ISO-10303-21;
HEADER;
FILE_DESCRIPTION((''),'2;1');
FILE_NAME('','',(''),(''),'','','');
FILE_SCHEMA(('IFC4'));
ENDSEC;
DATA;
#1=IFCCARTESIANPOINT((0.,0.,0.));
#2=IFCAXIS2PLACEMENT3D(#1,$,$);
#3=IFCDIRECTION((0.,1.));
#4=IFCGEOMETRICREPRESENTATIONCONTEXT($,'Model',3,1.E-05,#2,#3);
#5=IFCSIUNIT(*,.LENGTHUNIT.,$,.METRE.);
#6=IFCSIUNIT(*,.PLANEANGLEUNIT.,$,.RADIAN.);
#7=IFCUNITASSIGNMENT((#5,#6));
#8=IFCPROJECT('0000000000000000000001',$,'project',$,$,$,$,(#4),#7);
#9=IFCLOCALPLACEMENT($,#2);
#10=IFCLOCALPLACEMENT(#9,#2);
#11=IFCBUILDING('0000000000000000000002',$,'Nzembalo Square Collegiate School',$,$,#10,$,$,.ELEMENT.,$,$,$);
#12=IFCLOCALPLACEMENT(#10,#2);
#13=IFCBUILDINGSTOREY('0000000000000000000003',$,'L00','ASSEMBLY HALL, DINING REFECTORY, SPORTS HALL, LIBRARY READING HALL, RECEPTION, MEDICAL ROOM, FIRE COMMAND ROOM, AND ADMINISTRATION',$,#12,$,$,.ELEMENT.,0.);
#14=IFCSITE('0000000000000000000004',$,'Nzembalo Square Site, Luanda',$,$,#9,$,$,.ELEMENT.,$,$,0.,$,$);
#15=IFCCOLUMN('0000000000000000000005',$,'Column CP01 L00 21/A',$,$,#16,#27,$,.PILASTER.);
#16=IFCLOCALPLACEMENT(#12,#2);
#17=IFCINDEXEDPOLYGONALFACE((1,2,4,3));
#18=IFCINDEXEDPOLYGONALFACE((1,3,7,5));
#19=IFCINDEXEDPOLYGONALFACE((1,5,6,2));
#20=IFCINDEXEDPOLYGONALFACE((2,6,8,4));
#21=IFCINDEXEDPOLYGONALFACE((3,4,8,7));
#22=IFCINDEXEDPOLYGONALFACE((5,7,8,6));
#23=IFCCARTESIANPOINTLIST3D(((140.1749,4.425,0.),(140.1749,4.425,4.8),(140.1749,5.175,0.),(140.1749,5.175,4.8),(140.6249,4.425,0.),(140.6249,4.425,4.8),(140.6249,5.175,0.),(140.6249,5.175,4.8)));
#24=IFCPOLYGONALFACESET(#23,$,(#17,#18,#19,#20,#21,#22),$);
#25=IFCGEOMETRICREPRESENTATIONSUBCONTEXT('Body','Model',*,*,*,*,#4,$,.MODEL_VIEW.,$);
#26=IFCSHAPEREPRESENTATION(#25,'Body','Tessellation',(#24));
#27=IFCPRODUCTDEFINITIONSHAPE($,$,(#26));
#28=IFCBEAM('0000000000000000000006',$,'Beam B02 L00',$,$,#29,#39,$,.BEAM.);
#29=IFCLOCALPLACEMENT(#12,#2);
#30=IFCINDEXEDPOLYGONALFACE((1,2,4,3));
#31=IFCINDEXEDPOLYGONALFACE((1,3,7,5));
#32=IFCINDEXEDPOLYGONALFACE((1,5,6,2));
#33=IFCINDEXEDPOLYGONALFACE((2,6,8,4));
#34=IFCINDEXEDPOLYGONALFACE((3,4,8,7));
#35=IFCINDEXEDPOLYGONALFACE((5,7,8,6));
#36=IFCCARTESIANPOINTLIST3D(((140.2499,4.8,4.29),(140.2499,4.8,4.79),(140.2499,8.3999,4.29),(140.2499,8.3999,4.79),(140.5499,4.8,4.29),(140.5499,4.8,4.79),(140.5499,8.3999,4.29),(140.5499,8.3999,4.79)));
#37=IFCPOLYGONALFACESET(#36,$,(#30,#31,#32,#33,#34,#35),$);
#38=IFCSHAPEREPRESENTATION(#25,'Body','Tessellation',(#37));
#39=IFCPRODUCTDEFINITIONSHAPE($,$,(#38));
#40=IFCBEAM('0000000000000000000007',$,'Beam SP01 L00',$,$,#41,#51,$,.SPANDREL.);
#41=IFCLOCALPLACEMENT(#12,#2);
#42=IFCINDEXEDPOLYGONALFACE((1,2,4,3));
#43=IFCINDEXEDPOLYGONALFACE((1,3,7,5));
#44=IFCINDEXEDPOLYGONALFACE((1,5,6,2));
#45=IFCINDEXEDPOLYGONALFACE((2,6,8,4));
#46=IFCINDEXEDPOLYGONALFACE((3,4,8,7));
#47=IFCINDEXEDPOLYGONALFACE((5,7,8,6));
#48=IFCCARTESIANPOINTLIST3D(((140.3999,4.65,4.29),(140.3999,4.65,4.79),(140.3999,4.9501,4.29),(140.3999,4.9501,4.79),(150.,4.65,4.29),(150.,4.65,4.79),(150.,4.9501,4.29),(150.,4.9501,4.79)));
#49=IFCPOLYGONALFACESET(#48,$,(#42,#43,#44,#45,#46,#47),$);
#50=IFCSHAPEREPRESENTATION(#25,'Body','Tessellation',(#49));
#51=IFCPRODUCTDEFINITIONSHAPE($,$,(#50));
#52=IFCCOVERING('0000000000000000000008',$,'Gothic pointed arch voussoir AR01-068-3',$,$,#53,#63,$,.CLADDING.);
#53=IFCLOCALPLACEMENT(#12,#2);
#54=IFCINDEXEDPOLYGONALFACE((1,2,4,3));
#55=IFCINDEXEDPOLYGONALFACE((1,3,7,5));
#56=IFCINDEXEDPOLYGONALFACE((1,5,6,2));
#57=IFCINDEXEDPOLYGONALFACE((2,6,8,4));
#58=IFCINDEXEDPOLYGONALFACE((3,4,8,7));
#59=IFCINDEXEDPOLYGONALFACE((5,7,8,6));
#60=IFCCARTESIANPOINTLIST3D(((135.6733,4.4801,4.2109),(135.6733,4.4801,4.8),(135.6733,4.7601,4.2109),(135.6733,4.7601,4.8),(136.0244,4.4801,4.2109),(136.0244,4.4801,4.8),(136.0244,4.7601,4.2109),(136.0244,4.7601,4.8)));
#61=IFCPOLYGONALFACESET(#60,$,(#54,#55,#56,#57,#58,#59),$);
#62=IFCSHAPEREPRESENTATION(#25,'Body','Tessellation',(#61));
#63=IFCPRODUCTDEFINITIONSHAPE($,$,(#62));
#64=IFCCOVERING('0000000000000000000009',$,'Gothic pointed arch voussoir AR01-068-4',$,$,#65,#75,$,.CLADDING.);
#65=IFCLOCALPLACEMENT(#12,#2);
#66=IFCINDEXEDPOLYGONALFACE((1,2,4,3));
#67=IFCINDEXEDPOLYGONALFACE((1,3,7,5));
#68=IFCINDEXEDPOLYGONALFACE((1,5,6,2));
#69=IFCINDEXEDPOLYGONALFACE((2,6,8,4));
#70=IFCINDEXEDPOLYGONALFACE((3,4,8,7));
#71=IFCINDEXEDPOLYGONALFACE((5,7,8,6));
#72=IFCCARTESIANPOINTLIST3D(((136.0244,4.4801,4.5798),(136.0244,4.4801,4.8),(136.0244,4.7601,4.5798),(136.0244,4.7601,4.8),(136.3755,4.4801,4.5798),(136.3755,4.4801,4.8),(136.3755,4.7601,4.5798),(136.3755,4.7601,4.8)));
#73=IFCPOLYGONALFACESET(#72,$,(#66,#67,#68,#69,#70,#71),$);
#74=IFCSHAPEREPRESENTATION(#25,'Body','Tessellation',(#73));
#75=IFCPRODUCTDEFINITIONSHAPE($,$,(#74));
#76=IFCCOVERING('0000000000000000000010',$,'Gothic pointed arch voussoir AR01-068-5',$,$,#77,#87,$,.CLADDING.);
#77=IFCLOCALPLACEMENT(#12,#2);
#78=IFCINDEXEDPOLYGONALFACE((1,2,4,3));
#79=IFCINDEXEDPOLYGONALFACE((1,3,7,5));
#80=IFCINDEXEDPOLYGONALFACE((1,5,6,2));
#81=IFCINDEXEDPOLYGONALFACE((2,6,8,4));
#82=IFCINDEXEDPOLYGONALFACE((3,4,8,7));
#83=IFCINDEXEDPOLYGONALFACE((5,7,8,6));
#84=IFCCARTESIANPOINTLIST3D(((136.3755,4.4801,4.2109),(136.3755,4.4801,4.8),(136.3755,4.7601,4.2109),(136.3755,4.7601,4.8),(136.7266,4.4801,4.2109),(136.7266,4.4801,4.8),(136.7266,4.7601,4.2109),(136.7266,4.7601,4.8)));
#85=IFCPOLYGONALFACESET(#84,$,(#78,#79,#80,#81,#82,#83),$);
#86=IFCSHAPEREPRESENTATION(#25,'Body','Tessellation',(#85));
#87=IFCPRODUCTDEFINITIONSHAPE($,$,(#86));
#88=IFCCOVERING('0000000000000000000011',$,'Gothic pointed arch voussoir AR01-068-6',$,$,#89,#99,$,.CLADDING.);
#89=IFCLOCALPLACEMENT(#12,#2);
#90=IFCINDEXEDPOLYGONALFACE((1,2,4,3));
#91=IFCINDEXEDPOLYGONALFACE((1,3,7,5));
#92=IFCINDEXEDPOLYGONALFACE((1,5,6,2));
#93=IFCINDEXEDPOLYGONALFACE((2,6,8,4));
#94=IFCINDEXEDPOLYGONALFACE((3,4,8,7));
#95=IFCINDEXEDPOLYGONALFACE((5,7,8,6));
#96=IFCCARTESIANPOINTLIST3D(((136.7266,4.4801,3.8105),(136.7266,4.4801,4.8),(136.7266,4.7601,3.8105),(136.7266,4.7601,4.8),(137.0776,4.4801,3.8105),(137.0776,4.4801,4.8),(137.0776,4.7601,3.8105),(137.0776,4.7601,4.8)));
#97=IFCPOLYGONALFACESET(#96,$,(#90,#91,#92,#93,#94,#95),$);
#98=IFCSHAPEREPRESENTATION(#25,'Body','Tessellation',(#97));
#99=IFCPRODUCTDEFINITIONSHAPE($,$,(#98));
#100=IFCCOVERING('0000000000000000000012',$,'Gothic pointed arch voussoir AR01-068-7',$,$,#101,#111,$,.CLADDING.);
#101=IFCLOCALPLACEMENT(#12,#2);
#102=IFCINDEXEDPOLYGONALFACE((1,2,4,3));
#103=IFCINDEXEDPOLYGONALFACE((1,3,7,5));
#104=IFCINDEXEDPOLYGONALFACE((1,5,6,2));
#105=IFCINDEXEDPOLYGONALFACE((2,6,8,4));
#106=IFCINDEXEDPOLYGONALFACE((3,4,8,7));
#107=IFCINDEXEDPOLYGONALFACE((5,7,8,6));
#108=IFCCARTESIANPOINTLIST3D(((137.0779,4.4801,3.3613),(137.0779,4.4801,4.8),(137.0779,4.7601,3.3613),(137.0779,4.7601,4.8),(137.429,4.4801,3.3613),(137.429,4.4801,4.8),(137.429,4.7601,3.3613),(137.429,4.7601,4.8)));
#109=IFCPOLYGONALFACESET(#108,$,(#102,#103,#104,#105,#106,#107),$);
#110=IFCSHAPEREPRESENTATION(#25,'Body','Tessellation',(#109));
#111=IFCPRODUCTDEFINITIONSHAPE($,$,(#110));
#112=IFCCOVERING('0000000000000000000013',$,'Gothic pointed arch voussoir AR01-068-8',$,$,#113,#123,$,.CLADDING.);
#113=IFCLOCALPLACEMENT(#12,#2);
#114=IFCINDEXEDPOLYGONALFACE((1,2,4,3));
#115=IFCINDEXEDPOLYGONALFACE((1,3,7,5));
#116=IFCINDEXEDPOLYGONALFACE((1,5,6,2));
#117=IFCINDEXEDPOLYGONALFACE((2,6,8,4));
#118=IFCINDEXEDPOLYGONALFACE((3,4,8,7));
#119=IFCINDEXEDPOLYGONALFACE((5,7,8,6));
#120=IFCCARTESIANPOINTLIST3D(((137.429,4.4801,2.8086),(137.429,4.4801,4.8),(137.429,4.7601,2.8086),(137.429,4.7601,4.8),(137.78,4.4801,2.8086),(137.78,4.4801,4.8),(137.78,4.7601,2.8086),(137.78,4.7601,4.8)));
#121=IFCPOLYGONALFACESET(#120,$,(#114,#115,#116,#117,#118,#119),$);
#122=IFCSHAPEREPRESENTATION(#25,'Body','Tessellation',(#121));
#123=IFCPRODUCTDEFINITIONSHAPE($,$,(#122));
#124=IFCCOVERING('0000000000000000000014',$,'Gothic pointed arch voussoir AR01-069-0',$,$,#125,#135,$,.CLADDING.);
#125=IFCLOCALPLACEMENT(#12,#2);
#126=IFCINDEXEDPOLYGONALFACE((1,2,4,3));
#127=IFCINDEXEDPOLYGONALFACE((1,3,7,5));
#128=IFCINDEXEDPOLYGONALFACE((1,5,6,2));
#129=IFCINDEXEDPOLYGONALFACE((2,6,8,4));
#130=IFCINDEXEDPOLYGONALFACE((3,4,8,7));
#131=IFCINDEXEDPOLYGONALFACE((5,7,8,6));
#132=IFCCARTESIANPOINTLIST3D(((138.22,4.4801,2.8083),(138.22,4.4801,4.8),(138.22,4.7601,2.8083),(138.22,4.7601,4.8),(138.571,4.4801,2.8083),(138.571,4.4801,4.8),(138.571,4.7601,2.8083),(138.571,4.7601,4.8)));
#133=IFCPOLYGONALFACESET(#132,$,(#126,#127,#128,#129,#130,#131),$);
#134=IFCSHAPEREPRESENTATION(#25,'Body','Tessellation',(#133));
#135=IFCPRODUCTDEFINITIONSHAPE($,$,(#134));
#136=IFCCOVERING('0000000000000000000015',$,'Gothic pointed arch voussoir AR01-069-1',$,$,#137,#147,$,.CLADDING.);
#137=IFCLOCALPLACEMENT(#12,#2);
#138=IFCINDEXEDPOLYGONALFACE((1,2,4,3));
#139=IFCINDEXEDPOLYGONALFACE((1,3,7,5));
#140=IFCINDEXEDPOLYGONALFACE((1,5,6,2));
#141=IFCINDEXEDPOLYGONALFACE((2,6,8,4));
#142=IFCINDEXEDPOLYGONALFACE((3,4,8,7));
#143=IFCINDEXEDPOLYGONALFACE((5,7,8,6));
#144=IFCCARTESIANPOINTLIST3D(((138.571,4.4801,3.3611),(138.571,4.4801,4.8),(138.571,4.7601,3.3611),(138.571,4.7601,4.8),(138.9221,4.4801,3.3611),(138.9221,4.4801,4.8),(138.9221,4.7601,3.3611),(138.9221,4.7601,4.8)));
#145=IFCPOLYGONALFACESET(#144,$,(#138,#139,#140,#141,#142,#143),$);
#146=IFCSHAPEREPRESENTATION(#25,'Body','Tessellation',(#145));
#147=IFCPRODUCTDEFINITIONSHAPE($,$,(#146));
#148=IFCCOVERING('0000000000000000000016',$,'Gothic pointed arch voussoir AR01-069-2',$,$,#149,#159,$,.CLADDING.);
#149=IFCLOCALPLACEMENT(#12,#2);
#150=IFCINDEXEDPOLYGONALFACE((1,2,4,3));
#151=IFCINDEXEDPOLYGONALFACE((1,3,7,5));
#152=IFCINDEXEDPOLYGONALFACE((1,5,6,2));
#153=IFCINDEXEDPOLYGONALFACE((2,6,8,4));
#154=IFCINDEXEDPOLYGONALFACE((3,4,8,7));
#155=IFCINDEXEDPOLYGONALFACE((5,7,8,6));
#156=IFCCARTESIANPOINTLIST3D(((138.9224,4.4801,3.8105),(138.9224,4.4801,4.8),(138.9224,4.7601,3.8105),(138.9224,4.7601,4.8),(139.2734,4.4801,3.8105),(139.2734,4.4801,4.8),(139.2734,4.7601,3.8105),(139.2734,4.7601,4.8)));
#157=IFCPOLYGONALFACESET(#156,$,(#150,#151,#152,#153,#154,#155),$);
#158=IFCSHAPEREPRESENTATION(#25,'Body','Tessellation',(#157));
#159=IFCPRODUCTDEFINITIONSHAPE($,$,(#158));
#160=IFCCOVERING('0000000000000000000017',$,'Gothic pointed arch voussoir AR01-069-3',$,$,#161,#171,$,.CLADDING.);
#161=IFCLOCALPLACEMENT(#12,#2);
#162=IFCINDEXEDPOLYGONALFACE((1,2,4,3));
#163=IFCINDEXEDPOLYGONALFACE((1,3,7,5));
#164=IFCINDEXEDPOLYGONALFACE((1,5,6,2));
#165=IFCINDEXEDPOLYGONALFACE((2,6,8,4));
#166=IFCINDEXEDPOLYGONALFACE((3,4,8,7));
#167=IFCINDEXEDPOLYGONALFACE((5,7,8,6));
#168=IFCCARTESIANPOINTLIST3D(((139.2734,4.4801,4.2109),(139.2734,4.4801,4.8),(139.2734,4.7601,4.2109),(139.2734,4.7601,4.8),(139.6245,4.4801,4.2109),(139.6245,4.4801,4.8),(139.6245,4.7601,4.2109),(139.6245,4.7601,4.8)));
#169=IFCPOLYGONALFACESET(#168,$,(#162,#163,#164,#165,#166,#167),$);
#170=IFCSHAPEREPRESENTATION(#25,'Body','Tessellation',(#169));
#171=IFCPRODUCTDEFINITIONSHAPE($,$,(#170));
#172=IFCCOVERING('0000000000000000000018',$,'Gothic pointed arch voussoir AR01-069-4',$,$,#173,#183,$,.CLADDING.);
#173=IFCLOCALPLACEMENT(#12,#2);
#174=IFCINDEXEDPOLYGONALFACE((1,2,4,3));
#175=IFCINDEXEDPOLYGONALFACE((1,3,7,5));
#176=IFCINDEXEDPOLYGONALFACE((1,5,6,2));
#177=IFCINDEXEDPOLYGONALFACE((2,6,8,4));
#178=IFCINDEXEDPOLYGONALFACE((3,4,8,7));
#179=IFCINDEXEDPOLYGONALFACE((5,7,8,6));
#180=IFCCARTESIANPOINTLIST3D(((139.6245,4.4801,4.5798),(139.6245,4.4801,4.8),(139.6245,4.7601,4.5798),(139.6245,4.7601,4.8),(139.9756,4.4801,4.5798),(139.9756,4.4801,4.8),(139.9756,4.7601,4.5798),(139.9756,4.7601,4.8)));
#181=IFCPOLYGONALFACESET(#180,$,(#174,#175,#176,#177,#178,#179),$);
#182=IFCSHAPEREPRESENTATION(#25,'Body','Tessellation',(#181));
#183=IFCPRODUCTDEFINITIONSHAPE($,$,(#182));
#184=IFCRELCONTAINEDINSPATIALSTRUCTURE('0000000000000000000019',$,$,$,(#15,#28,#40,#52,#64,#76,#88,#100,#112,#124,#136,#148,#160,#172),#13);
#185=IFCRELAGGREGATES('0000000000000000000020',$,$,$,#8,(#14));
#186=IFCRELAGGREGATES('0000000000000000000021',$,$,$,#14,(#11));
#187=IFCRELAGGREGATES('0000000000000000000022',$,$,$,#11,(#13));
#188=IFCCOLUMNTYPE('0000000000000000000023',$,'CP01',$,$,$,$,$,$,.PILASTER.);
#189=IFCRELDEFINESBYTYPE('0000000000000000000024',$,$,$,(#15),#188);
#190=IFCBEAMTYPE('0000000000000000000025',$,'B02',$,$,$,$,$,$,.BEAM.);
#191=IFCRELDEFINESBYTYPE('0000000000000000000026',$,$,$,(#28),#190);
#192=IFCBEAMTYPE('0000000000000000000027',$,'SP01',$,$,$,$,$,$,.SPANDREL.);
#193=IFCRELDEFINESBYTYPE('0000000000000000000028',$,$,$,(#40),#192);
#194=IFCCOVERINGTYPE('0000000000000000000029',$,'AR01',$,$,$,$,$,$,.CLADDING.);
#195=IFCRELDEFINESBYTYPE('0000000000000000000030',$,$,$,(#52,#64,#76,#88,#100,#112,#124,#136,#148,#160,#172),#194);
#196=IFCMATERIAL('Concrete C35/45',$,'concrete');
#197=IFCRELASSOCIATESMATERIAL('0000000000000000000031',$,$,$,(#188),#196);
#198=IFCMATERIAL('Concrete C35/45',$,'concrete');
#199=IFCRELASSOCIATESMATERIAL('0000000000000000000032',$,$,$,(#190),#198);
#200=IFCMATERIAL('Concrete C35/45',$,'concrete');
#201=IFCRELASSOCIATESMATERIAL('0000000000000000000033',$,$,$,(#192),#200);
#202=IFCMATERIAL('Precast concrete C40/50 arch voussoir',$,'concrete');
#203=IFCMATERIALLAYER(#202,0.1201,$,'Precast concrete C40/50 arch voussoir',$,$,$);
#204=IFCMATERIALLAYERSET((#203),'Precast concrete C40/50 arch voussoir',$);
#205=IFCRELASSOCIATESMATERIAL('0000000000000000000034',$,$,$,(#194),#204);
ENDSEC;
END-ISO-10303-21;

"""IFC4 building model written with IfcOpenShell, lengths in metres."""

from ifc_helpers import new_model, si_unit, direction, frame, origin, origin_2d, place, context, subcontext, project, spatial, rectangle, extrude, material, layer, layer_set, material_profile, profile_set, type_object, element, save


model = new_model("IFC4")

# Units and contexts
model_context = context("Model", 3, precision=1e-05, world=origin(), true_north=direction((0.0, 1.0)))
body_context = subcontext(model_context, "Body", "Model", "MODEL_VIEW")
ifc_project = project(units=[si_unit("LENGTHUNIT", "METRE"), si_unit("PLANEANGLEUNIT", "RADIAN")], contexts=[model_context])

# Site, building, storey
site_placement = place(None, origin())
site = spatial("IfcSite", under=ifc_project, at=site_placement, Name="Nzembalo Square Site, Luanda", CompositionType="ELEMENT", RefElevation=0.0)
building_placement = place(site_placement, origin())
building = spatial("IfcBuilding", under=site, at=building_placement, Name="Nzembalo Square Collegiate School", CompositionType="ELEMENT")
storey_placement = place(building_placement, origin())
storey = spatial("IfcBuildingStorey", under=building, at=storey_placement, Name="L00", Description="ASSEMBLY HALL, DINING REFECTORY, SPORTS HALL, LIBRARY READING HALL, RECEPTION, MEDICAL ROOM, FIRE COMMAND ROOM, AND ADMINISTRATION", CompositionType="ELEMENT", Elevation=0.0)

# Column
ifc_material_1 = material(Name="Concrete C35/45", Category="concrete")
ifc_material_profile_1 = material_profile(ifc_material_1, rectangle(XDim=0.45, YDim=0.75, at=origin_2d()), Name="RC 450x750")
ifc_profile_set_1 = profile_set([ifc_material_profile_1], Name="Concrete C35/45")
column_type = type_object("IfcColumnType", Name="CP01", PredefinedType="PILASTER", material=ifc_profile_set_1)
column_placement = place(storey_placement, frame((140.3999, 4.8, 0.0), z_axis=(0.0, 0.0, 1.0), x_axis=(1.0, 0.0, 0.0)))
element("IfcColumn", 1, at=column_placement, inside=storey, type_object=column_type, Name="Column CP01 L00 21/A", PredefinedType="PILASTER", context=body_context, shape_type="SweptSolid", body=[
    extrude(rectangle(XDim=0.45, YDim=0.75, at=origin_2d()), origin(), (0.0, 0.0, 1.0), 4.8),
])

# Beams
ifc_material_2 = material(Name="Concrete C35/45", Category="concrete")
ifc_material_profile_2 = material_profile(ifc_material_2, rectangle(XDim=0.3, YDim=0.5, at=origin_2d()), Name="RC 300x500")
ifc_profile_set_2 = profile_set([ifc_material_profile_2], Name="Concrete C35/45")
beam_type_1 = type_object("IfcBeamType", Name="B02", PredefinedType="BEAM", material=ifc_profile_set_2)
beam_1_placement = place(storey_placement, frame((140.3999, 4.8, 4.54), z_axis=(0.0, 1.0, 0.0), x_axis=(-1.0, 0.0, 0.0)))
element("IfcBeam", 2, at=beam_1_placement, inside=storey, type_object=beam_type_1, Name="Beam B02 L00", PredefinedType="BEAM", context=body_context, shape_type="SweptSolid", body=[
    extrude(rectangle(XDim=0.3, YDim=0.5, at=origin_2d()), origin(), (0.0, 0.0, 1.0), 3.5999),
])
ifc_material_3 = material(Name="Concrete C35/45", Category="concrete")
ifc_material_profile_3 = material_profile(ifc_material_3, rectangle(XDim=0.3, YDim=0.5, at=origin_2d()), Name="RC 300x500")
ifc_profile_set_3 = profile_set([ifc_material_profile_3], Name="Concrete C35/45")
beam_type_2 = type_object("IfcBeamType", Name="SP01", PredefinedType="SPANDREL", material=ifc_profile_set_3)
beam_2_placement = place(storey_placement, frame((140.3999, 4.8, 4.54), z_axis=(1.0, 0.0, 0.0), x_axis=(0.0, 1.0, 0.0)))
element("IfcBeam", 3, at=beam_2_placement, inside=storey, type_object=beam_type_2, Name="Beam SP01 L00", PredefinedType="SPANDREL", context=body_context, shape_type="SweptSolid", body=[
    extrude(rectangle(XDim=0.3, YDim=0.5, at=origin_2d()), origin(), (0.0, 0.0, 1.0), 9.6001),
])

# Coverings
ifc_material_4 = material(Name="Precast concrete C40/50 arch voussoir", Category="concrete")
ifc_layer_1 = layer(ifc_material_4, 0.1201, Name="Precast concrete C40/50 arch voussoir")
ifc_layer_set_1 = layer_set([ifc_layer_1], Name="Precast concrete C40/50 arch voussoir")
covering_type_1 = type_object("IfcCoveringType", Name="AR01", PredefinedType="CLADDING", material=ifc_layer_set_1)
covering_1_placement = place(storey_placement, frame((135.8489, 4.6201, 4.2109), z_axis=(0.0, 0.0, 1.0), x_axis=(1.0, 0.0, 0.0)))
element("IfcCovering", 4, at=covering_1_placement, inside=storey, type_object=covering_type_1, Name="Gothic pointed arch voussoir AR01-068-3", PredefinedType="CLADDING", context=body_context, shape_type="SweptSolid", body=[
    extrude(rectangle(XDim=0.3511, YDim=0.28, at=origin_2d()), origin(), (0.0, 0.0, 1.0), 0.5891),
])
covering_2_placement = place(storey_placement, frame((136.2, 4.6201, 4.5798), z_axis=(0.0, 0.0, 1.0), x_axis=(1.0, 0.0, 0.0)))
element("IfcCovering", 5, at=covering_2_placement, inside=storey, type_object=covering_type_1, Name="Gothic pointed arch voussoir AR01-068-4", PredefinedType="CLADDING", context=body_context, shape_type="SweptSolid", body=[
    extrude(rectangle(XDim=0.3511, YDim=0.28, at=origin_2d()), origin(), (0.0, 0.0, 1.0), 0.2202),
])
covering_3_placement = place(storey_placement, frame((136.551, 4.6201, 4.2109), z_axis=(0.0, 0.0, 1.0), x_axis=(1.0, 0.0, 0.0)))
element("IfcCovering", 6, at=covering_3_placement, inside=storey, type_object=covering_type_1, Name="Gothic pointed arch voussoir AR01-068-5", PredefinedType="CLADDING", context=body_context, shape_type="SweptSolid", body=[
    extrude(rectangle(XDim=0.3511, YDim=0.28, at=origin_2d()), origin(), (0.0, 0.0, 1.0), 0.5891),
])
covering_4_placement = place(storey_placement, frame((136.9021, 4.6201, 3.8105), z_axis=(0.0, 0.0, 1.0), x_axis=(1.0, 0.0, 0.0)))
element("IfcCovering", 7, at=covering_4_placement, inside=storey, type_object=covering_type_1, Name="Gothic pointed arch voussoir AR01-068-6", PredefinedType="CLADDING", context=body_context, shape_type="SweptSolid", body=[
    extrude(rectangle(XDim=0.3511, YDim=0.28, at=origin_2d()), origin(), (0.0, 0.0, 1.0), 0.9895),
])
covering_5_placement = place(storey_placement, frame((137.2534, 4.6201, 3.3613), z_axis=(0.0, 0.0, 1.0), x_axis=(1.0, 0.0, 0.0)))
element("IfcCovering", 8, at=covering_5_placement, inside=storey, type_object=covering_type_1, Name="Gothic pointed arch voussoir AR01-068-7", PredefinedType="CLADDING", context=body_context, shape_type="SweptSolid", body=[
    extrude(rectangle(XDim=0.3511, YDim=0.28, at=origin_2d()), origin(), (0.0, 0.0, 1.0), 1.4387),
])
covering_6_placement = place(storey_placement, frame((137.6045, 4.6201, 2.8086), z_axis=(0.0, 0.0, 1.0), x_axis=(1.0, 0.0, 0.0)))
element("IfcCovering", 9, at=covering_6_placement, inside=storey, type_object=covering_type_1, Name="Gothic pointed arch voussoir AR01-068-8", PredefinedType="CLADDING", context=body_context, shape_type="SweptSolid", body=[
    extrude(rectangle(XDim=0.3511, YDim=0.28, at=origin_2d()), origin(), (0.0, 0.0, 1.0), 1.9915),
])
covering_7_placement = place(storey_placement, frame((138.3955, 4.6201, 2.8083), z_axis=(0.0, 0.0, 1.0), x_axis=(1.0, 0.0, 0.0)))
element("IfcCovering", 10, at=covering_7_placement, inside=storey, type_object=covering_type_1, Name="Gothic pointed arch voussoir AR01-069-0", PredefinedType="CLADDING", context=body_context, shape_type="SweptSolid", body=[
    extrude(rectangle(XDim=0.3511, YDim=0.28, at=origin_2d()), origin(), (0.0, 0.0, 1.0), 1.9917),
])
covering_8_placement = place(storey_placement, frame((138.7466, 4.6201, 3.3611), z_axis=(0.0, 0.0, 1.0), x_axis=(1.0, 0.0, 0.0)))
element("IfcCovering", 11, at=covering_8_placement, inside=storey, type_object=covering_type_1, Name="Gothic pointed arch voussoir AR01-069-1", PredefinedType="CLADDING", context=body_context, shape_type="SweptSolid", body=[
    extrude(rectangle(XDim=0.3511, YDim=0.28, at=origin_2d()), origin(), (0.0, 0.0, 1.0), 1.439),
])
covering_9_placement = place(storey_placement, frame((139.0979, 4.6201, 3.8105), z_axis=(0.0, 0.0, 1.0), x_axis=(1.0, 0.0, 0.0)))
element("IfcCovering", 12, at=covering_9_placement, inside=storey, type_object=covering_type_1, Name="Gothic pointed arch voussoir AR01-069-2", PredefinedType="CLADDING", context=body_context, shape_type="SweptSolid", body=[
    extrude(rectangle(XDim=0.3511, YDim=0.28, at=origin_2d()), origin(), (0.0, 0.0, 1.0), 0.9895),
])
covering_10_placement = place(storey_placement, frame((139.449, 4.6201, 4.2109), z_axis=(0.0, 0.0, 1.0), x_axis=(1.0, 0.0, 0.0)))
element("IfcCovering", 13, at=covering_10_placement, inside=storey, type_object=covering_type_1, Name="Gothic pointed arch voussoir AR01-069-3", PredefinedType="CLADDING", context=body_context, shape_type="SweptSolid", body=[
    extrude(rectangle(XDim=0.3511, YDim=0.28, at=origin_2d()), origin(), (0.0, 0.0, 1.0), 0.5891),
])
covering_11_placement = place(storey_placement, frame((139.8, 4.6201, 4.5798), z_axis=(0.0, 0.0, 1.0), x_axis=(1.0, 0.0, 0.0)))
element("IfcCovering", 14, at=covering_11_placement, inside=storey, type_object=covering_type_1, Name="Gothic pointed arch voussoir AR01-069-4", PredefinedType="CLADDING", context=body_context, shape_type="SweptSolid", body=[
    extrude(rectangle(XDim=0.3511, YDim=0.28, at=origin_2d()), origin(), (0.0, 0.0, 1.0), 0.2202),
])

save(model, "model.ifc")
